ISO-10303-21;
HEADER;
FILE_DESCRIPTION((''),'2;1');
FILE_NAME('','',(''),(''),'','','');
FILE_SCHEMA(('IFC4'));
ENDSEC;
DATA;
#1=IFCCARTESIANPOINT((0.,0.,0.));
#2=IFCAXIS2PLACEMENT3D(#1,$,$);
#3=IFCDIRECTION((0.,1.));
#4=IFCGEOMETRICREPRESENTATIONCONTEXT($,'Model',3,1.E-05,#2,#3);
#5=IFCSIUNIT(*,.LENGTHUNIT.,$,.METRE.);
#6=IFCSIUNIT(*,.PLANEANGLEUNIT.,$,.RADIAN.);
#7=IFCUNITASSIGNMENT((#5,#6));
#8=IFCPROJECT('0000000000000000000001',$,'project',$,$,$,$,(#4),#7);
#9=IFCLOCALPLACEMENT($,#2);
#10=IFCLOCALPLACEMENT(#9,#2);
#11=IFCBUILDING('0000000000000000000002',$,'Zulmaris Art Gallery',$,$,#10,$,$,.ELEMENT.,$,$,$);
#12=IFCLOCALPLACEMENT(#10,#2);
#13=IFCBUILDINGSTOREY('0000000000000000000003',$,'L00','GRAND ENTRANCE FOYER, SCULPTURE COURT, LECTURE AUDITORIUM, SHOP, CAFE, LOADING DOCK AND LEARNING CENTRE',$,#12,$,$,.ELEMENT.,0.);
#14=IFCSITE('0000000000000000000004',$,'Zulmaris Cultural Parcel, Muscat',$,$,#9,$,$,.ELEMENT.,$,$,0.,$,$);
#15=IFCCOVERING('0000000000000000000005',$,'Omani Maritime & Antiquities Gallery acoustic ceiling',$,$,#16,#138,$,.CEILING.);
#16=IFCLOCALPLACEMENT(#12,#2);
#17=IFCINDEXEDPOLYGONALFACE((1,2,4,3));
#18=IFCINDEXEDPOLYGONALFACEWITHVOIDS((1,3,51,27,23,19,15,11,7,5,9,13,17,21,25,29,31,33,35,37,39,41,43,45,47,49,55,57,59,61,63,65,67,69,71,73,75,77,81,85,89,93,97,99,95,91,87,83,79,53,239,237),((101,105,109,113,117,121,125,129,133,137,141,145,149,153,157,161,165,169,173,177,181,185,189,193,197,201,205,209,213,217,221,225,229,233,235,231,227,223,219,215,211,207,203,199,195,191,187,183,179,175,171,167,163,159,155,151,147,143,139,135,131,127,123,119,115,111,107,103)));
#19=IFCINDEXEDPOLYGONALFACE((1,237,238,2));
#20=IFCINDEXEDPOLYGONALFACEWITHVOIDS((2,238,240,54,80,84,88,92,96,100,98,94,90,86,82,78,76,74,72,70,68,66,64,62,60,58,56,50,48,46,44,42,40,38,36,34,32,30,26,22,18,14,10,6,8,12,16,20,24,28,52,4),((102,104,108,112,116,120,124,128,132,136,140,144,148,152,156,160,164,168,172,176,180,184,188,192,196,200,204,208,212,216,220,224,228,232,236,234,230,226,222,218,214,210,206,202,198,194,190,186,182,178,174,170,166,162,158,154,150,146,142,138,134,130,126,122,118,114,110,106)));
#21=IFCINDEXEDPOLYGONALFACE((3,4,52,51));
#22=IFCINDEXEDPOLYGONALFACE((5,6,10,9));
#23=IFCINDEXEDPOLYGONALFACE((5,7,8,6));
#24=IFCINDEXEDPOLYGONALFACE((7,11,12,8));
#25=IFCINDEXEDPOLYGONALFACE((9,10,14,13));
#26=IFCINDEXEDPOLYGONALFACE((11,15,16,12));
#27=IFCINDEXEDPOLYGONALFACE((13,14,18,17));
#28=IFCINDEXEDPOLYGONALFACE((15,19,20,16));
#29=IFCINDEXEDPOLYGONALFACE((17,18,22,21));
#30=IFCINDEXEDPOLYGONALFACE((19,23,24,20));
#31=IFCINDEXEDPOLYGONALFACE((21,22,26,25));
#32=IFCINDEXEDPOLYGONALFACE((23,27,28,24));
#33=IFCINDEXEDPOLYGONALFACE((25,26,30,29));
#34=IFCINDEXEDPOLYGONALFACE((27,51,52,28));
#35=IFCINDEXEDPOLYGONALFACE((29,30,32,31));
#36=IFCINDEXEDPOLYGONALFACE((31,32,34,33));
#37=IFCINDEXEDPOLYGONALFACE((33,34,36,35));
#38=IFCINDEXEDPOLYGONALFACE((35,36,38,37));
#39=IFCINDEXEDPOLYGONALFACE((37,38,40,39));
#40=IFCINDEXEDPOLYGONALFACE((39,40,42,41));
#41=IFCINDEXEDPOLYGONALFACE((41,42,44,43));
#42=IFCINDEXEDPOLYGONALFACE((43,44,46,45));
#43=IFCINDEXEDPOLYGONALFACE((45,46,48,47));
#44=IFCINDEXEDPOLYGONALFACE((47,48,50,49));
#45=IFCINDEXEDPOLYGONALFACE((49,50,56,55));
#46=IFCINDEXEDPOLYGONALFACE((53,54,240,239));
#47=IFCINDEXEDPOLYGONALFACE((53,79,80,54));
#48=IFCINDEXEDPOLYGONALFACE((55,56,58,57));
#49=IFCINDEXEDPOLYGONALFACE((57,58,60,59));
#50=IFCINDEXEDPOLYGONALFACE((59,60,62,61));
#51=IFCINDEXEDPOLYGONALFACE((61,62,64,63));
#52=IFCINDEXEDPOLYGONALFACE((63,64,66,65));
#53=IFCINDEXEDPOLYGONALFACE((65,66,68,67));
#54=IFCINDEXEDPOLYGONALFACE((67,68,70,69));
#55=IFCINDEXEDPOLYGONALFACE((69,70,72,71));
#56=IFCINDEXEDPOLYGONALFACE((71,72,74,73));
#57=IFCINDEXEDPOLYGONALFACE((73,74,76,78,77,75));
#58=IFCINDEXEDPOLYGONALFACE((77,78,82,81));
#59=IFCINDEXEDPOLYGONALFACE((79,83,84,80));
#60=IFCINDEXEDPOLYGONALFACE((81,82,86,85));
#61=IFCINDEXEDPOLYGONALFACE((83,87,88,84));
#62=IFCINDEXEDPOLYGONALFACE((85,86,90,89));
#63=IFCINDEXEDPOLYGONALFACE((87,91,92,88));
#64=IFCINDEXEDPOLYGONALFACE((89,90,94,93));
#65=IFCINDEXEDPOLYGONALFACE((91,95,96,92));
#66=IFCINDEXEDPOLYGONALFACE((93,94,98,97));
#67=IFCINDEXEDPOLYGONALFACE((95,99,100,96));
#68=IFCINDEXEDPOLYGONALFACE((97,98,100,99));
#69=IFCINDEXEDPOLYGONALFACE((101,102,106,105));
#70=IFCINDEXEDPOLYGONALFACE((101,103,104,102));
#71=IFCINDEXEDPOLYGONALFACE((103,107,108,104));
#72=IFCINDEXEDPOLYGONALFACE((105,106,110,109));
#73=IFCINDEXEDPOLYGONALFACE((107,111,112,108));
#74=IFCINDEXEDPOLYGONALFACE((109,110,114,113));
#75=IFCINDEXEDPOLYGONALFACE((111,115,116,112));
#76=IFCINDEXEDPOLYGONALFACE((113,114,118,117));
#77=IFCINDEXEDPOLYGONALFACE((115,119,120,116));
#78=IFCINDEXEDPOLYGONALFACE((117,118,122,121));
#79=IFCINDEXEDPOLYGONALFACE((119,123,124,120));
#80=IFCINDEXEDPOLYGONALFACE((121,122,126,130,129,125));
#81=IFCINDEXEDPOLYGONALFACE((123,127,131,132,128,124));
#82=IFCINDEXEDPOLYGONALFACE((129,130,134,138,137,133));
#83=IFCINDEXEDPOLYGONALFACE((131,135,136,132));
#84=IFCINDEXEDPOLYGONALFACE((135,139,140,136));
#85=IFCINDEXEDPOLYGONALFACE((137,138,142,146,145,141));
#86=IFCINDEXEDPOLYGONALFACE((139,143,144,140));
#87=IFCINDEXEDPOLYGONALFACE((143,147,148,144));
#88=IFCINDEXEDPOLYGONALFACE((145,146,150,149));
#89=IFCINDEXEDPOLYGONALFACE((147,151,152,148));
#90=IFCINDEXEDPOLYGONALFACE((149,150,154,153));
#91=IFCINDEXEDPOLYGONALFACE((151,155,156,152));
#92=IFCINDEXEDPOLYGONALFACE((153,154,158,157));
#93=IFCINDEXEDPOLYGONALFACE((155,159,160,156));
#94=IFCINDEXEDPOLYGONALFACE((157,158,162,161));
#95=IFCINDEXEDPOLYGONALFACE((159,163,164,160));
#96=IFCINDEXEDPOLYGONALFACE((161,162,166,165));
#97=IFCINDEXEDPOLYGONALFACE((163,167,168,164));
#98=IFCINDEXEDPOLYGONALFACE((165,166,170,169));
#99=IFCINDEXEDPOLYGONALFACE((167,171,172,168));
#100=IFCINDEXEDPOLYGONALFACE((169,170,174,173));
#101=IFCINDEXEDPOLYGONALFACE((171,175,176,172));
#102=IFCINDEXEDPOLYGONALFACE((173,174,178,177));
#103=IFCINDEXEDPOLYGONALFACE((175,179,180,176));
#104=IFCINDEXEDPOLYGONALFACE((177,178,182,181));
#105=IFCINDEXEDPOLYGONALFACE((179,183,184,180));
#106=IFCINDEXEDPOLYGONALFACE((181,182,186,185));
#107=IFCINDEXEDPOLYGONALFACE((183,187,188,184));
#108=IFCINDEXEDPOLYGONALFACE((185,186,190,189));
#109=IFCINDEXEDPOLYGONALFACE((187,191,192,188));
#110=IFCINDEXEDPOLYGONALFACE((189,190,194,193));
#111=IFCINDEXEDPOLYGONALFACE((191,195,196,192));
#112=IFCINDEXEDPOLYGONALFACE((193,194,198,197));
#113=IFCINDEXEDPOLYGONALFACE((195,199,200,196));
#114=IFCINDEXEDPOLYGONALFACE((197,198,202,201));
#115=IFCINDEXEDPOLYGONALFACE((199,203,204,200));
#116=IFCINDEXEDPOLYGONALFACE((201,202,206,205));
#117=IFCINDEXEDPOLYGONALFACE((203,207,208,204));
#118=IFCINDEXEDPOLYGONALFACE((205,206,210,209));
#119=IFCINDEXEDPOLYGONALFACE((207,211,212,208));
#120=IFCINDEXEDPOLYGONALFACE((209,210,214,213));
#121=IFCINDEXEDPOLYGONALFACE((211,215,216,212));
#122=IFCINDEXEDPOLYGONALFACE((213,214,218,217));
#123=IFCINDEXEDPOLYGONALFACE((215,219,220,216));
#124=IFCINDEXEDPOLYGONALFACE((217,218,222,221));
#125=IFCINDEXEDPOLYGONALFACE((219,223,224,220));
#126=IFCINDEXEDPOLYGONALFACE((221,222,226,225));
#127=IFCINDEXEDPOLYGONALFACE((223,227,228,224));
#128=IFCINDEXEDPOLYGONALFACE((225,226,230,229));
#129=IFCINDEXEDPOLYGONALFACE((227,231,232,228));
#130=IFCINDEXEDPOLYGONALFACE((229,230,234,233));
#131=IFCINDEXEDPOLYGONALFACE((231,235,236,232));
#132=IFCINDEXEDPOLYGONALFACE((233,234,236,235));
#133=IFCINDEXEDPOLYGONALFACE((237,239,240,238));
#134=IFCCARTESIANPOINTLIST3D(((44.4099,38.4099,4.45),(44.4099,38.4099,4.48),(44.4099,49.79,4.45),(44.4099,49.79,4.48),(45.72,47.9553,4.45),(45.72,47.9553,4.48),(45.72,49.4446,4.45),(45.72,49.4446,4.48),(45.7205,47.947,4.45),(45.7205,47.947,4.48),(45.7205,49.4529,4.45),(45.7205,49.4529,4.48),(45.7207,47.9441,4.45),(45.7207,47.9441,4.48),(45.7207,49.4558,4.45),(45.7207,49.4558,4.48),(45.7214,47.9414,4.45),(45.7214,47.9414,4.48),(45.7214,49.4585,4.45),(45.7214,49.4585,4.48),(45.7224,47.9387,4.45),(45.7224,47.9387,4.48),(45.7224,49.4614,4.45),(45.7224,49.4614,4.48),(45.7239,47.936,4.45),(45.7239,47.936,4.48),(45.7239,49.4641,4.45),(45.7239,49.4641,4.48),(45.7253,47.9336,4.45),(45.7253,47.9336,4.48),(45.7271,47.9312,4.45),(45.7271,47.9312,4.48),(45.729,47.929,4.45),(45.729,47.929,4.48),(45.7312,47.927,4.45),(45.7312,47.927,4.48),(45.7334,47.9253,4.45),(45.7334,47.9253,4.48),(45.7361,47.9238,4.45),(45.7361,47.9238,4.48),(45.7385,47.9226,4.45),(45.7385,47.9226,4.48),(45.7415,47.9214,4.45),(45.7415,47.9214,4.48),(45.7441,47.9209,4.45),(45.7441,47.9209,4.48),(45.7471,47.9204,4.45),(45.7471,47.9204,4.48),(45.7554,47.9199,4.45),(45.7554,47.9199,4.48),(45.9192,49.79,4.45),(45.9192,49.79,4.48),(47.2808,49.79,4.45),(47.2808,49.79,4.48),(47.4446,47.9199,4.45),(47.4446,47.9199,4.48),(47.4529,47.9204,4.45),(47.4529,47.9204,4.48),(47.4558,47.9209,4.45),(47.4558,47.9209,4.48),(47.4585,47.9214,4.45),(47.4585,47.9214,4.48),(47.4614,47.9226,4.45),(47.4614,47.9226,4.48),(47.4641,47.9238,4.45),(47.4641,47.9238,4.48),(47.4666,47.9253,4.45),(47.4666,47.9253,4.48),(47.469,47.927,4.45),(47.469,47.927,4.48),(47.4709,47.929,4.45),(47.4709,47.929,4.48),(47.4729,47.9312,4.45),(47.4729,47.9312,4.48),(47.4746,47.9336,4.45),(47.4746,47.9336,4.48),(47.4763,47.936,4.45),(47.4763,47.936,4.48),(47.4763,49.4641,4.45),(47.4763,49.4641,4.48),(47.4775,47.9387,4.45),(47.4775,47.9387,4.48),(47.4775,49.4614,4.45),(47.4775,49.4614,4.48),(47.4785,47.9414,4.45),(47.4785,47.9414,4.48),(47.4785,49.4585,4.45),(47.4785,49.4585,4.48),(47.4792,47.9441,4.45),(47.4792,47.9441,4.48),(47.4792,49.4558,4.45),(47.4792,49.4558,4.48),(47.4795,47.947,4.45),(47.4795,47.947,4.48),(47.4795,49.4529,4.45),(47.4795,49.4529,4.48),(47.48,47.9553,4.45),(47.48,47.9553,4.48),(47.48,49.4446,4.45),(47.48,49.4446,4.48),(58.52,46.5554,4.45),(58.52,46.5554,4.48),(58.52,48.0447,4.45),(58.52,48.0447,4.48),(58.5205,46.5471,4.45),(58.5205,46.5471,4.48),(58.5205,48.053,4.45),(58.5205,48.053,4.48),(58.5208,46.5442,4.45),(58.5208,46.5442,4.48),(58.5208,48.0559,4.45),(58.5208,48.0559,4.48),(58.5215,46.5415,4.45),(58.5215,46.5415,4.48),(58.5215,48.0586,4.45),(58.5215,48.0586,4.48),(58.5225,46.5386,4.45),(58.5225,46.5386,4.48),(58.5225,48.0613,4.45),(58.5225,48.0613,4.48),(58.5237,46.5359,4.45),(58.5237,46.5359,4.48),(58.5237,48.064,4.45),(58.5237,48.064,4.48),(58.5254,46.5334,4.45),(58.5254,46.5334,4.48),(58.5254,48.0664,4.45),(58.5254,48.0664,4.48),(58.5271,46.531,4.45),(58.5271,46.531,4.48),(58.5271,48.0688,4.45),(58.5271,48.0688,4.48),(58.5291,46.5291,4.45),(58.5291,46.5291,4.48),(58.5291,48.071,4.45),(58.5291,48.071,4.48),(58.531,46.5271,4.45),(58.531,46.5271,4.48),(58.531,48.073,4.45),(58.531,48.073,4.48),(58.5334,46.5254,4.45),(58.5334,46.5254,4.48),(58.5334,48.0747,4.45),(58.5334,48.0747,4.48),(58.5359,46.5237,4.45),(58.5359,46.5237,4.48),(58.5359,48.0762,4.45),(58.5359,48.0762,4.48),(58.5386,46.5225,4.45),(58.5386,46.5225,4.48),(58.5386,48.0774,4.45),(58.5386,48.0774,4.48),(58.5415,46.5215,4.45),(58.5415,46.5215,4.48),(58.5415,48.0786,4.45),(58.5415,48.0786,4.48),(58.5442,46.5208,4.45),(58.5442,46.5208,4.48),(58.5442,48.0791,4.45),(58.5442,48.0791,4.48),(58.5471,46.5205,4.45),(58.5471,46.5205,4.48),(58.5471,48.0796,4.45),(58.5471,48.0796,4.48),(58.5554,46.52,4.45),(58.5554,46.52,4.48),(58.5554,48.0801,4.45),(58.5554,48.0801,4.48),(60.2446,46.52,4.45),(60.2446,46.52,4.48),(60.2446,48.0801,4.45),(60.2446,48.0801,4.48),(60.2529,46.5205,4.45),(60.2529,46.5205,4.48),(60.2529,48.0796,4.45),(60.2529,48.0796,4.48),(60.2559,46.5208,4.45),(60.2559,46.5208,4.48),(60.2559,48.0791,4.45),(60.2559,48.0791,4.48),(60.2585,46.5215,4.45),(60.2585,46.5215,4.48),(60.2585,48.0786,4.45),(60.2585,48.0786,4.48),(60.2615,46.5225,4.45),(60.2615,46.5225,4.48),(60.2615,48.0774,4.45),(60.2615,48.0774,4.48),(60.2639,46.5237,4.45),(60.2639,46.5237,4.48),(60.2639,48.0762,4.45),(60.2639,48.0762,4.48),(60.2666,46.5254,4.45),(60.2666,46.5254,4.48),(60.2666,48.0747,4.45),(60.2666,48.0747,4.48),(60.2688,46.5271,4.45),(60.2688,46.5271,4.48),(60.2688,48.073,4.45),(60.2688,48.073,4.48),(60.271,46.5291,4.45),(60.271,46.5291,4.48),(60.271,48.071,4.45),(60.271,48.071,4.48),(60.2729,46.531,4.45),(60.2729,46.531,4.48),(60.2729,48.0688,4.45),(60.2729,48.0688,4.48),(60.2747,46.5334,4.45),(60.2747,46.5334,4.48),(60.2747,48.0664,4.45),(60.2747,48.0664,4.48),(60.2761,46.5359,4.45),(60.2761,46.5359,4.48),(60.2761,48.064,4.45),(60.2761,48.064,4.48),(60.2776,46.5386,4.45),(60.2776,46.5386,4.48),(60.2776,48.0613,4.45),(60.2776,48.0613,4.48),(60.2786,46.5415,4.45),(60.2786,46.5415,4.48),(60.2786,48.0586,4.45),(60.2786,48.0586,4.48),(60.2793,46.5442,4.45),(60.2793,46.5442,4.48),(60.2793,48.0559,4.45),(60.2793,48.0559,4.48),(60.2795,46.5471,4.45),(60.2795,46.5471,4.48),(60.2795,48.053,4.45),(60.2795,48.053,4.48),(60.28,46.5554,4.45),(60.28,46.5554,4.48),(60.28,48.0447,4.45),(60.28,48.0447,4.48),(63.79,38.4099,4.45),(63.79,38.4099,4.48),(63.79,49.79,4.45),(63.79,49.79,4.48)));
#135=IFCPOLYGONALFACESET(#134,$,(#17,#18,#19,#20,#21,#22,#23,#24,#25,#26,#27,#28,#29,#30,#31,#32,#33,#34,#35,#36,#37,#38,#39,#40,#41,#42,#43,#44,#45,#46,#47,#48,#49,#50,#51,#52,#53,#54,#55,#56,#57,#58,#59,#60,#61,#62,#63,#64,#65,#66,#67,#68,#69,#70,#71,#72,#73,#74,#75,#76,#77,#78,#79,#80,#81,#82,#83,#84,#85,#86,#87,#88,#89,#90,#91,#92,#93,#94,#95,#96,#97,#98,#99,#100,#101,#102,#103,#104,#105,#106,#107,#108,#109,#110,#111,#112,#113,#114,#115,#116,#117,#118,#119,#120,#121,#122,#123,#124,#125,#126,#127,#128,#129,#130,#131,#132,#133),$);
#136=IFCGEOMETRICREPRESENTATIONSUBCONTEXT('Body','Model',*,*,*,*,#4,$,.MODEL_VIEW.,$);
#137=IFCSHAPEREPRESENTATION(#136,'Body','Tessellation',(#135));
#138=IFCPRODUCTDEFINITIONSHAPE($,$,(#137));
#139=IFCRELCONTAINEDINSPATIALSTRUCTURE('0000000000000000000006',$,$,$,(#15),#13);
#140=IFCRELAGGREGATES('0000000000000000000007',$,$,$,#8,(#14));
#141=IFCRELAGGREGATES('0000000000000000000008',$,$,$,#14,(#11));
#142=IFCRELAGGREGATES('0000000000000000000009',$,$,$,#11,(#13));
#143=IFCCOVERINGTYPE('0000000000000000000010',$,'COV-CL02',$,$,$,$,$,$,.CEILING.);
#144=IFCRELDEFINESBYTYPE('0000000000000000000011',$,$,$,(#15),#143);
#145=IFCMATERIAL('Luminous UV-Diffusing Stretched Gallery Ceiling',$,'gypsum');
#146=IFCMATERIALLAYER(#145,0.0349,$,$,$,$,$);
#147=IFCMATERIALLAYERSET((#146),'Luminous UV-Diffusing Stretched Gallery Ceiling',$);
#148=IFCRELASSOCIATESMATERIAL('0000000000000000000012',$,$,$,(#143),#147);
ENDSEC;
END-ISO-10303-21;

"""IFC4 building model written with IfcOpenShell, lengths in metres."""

from ifc_helpers import new_model, si_unit, direction, frame, origin, place, context, subcontext, project, spatial, polyline, outline, extrude, material, layer, layer_set, type_object, element, save


model = new_model("IFC4")

# Units and contexts
model_context = context("Model", 3, precision=1e-05, world=origin(), true_north=direction((0.0, 1.0)))
body_context = subcontext(model_context, "Body", "Model", "MODEL_VIEW")
ifc_project = project(units=[si_unit("LENGTHUNIT", "METRE"), si_unit("PLANEANGLEUNIT", "RADIAN")], contexts=[model_context])

# Site, building, storey
site_placement = place(None, origin())
site = spatial("IfcSite", under=ifc_project, at=site_placement, Name="Zulmaris Cultural Parcel, Muscat", CompositionType="ELEMENT", RefElevation=0.0)
building_placement = place(site_placement, origin())
building = spatial("IfcBuilding", under=site, at=building_placement, Name="Zulmaris Art Gallery", CompositionType="ELEMENT")
storey_placement = place(building_placement, origin())
storey = spatial("IfcBuildingStorey", under=building, at=storey_placement, Name="L00", Description="GRAND ENTRANCE FOYER, SCULPTURE COURT, LECTURE AUDITORIUM, SHOP, CAFE, LOADING DOCK AND LEARNING CENTRE", CompositionType="ELEMENT", Elevation=0.0)

# Covering
ifc_material_1 = material(Name="Luminous UV-Diffusing Stretched Gallery Ceiling", Category="gypsum")
ifc_layer_1 = layer(ifc_material_1, 0.0349)
ifc_layer_set_1 = layer_set([ifc_layer_1], Name="Luminous UV-Diffusing Stretched Gallery Ceiling")
covering_type_1 = type_object("IfcCoveringType", Name="COV-CL02", PredefinedType="CEILING", material=ifc_layer_set_1)
covering_1_placement = place(storey_placement, frame((0.0, 0.0, 4.45)))
element("IfcCovering", 1, at=covering_1_placement, inside=storey, type_object=covering_type_1, Name="Omani Maritime & Antiquities Gallery acoustic ceiling", PredefinedType="CEILING", context=body_context, shape_type="SweptSolid", body=[
    extrude(outline(polyline([(45.7214, 47.9414), (45.7224, 47.9387), (45.7239, 47.936), (45.7253, 47.9336), (45.7271, 47.9312), (45.729, 47.929), (45.7312, 47.927), (45.7334, 47.9253), (45.7361, 47.9238), (45.7385, 47.9226), (45.7415, 47.9214), (45.7441, 47.9209), (45.7471, 47.9204), (45.7554, 47.9199), (47.4446, 47.9199), (47.4529, 47.9204), (47.4558, 47.9209), (47.4585, 47.9214), (47.4614, 47.9226), (47.4641, 47.9238), (47.4666, 47.9253), (47.469, 47.927), (47.4709, 47.929), (47.4729, 47.9312), (47.4746, 47.9336), (47.4763, 47.936), (47.4775, 47.9387), (47.4785, 47.9414), (47.4792, 47.9441), (47.4795, 47.947), (47.48, 47.9553), (47.48, 49.4446), (47.4795, 49.4529), (47.4792, 49.4558), (47.4785, 49.4585), (47.4775, 49.4614), (47.4763, 49.4641), (47.2808, 49.79), (63.79, 49.79), (63.79, 38.4099), (44.4099, 38.4099), (44.4099, 49.79), (45.9192, 49.79), (45.7239, 49.4641), (45.7224, 49.4614), (45.7214, 49.4585), (45.7207, 49.4558), (45.7205, 49.4529), (45.72, 49.4446), (45.72, 47.9553), (45.7205, 47.947), (45.7207, 47.9441), (45.7214, 47.9414)]), holes=[polyline([(58.5415, 48.0786), (58.5386, 48.0774), (58.5359, 48.0762), (58.5334, 48.0747), (58.531, 48.073), (58.5291, 48.071), (58.5271, 48.0688), (58.5254, 48.0664), (58.5237, 48.064), (58.5225, 48.0613), (58.5215, 48.0586), (58.5208, 48.0559), (58.5205, 48.053), (58.52, 48.0447), (58.52, 46.5554), (58.5205, 46.5471), (58.5208, 46.5442), (58.5215, 46.5415), (58.5225, 46.5386), (58.5237, 46.5359), (58.5254, 46.5334), (58.5271, 46.531), (58.5291, 46.5291), (58.531, 46.5271), (58.5334, 46.5254), (58.5359, 46.5237), (58.5386, 46.5225), (58.5415, 46.5215), (58.5442, 46.5208), (58.5471, 46.5205), (58.5554, 46.52), (60.2446, 46.52), (60.2529, 46.5205), (60.2559, 46.5208), (60.2585, 46.5215), (60.2615, 46.5225), (60.2639, 46.5237), (60.2666, 46.5254), (60.2688, 46.5271), (60.271, 46.5291), (60.2729, 46.531), (60.2747, 46.5334), (60.2761, 46.5359), (60.2776, 46.5386), (60.2786, 46.5415), (60.2793, 46.5442), (60.2795, 46.5471), (60.28, 46.5554), (60.28, 48.0447), (60.2795, 48.053), (60.2793, 48.0559), (60.2786, 48.0586), (60.2776, 48.0613), (60.2761, 48.064), (60.2747, 48.0664), (60.2729, 48.0688), (60.271, 48.071), (60.2688, 48.073), (60.2666, 48.0747), (60.2639, 48.0762), (60.2615, 48.0774), (60.2585, 48.0786), (60.2559, 48.0791), (60.2529, 48.0796), (60.2446, 48.0801), (58.5554, 48.0801), (58.5471, 48.0796), (58.5442, 48.0791), (58.5415, 48.0786)])]), origin(), (0.0, 0.0, 1.0), 0.03),
])

save(model, "model.ifc")
